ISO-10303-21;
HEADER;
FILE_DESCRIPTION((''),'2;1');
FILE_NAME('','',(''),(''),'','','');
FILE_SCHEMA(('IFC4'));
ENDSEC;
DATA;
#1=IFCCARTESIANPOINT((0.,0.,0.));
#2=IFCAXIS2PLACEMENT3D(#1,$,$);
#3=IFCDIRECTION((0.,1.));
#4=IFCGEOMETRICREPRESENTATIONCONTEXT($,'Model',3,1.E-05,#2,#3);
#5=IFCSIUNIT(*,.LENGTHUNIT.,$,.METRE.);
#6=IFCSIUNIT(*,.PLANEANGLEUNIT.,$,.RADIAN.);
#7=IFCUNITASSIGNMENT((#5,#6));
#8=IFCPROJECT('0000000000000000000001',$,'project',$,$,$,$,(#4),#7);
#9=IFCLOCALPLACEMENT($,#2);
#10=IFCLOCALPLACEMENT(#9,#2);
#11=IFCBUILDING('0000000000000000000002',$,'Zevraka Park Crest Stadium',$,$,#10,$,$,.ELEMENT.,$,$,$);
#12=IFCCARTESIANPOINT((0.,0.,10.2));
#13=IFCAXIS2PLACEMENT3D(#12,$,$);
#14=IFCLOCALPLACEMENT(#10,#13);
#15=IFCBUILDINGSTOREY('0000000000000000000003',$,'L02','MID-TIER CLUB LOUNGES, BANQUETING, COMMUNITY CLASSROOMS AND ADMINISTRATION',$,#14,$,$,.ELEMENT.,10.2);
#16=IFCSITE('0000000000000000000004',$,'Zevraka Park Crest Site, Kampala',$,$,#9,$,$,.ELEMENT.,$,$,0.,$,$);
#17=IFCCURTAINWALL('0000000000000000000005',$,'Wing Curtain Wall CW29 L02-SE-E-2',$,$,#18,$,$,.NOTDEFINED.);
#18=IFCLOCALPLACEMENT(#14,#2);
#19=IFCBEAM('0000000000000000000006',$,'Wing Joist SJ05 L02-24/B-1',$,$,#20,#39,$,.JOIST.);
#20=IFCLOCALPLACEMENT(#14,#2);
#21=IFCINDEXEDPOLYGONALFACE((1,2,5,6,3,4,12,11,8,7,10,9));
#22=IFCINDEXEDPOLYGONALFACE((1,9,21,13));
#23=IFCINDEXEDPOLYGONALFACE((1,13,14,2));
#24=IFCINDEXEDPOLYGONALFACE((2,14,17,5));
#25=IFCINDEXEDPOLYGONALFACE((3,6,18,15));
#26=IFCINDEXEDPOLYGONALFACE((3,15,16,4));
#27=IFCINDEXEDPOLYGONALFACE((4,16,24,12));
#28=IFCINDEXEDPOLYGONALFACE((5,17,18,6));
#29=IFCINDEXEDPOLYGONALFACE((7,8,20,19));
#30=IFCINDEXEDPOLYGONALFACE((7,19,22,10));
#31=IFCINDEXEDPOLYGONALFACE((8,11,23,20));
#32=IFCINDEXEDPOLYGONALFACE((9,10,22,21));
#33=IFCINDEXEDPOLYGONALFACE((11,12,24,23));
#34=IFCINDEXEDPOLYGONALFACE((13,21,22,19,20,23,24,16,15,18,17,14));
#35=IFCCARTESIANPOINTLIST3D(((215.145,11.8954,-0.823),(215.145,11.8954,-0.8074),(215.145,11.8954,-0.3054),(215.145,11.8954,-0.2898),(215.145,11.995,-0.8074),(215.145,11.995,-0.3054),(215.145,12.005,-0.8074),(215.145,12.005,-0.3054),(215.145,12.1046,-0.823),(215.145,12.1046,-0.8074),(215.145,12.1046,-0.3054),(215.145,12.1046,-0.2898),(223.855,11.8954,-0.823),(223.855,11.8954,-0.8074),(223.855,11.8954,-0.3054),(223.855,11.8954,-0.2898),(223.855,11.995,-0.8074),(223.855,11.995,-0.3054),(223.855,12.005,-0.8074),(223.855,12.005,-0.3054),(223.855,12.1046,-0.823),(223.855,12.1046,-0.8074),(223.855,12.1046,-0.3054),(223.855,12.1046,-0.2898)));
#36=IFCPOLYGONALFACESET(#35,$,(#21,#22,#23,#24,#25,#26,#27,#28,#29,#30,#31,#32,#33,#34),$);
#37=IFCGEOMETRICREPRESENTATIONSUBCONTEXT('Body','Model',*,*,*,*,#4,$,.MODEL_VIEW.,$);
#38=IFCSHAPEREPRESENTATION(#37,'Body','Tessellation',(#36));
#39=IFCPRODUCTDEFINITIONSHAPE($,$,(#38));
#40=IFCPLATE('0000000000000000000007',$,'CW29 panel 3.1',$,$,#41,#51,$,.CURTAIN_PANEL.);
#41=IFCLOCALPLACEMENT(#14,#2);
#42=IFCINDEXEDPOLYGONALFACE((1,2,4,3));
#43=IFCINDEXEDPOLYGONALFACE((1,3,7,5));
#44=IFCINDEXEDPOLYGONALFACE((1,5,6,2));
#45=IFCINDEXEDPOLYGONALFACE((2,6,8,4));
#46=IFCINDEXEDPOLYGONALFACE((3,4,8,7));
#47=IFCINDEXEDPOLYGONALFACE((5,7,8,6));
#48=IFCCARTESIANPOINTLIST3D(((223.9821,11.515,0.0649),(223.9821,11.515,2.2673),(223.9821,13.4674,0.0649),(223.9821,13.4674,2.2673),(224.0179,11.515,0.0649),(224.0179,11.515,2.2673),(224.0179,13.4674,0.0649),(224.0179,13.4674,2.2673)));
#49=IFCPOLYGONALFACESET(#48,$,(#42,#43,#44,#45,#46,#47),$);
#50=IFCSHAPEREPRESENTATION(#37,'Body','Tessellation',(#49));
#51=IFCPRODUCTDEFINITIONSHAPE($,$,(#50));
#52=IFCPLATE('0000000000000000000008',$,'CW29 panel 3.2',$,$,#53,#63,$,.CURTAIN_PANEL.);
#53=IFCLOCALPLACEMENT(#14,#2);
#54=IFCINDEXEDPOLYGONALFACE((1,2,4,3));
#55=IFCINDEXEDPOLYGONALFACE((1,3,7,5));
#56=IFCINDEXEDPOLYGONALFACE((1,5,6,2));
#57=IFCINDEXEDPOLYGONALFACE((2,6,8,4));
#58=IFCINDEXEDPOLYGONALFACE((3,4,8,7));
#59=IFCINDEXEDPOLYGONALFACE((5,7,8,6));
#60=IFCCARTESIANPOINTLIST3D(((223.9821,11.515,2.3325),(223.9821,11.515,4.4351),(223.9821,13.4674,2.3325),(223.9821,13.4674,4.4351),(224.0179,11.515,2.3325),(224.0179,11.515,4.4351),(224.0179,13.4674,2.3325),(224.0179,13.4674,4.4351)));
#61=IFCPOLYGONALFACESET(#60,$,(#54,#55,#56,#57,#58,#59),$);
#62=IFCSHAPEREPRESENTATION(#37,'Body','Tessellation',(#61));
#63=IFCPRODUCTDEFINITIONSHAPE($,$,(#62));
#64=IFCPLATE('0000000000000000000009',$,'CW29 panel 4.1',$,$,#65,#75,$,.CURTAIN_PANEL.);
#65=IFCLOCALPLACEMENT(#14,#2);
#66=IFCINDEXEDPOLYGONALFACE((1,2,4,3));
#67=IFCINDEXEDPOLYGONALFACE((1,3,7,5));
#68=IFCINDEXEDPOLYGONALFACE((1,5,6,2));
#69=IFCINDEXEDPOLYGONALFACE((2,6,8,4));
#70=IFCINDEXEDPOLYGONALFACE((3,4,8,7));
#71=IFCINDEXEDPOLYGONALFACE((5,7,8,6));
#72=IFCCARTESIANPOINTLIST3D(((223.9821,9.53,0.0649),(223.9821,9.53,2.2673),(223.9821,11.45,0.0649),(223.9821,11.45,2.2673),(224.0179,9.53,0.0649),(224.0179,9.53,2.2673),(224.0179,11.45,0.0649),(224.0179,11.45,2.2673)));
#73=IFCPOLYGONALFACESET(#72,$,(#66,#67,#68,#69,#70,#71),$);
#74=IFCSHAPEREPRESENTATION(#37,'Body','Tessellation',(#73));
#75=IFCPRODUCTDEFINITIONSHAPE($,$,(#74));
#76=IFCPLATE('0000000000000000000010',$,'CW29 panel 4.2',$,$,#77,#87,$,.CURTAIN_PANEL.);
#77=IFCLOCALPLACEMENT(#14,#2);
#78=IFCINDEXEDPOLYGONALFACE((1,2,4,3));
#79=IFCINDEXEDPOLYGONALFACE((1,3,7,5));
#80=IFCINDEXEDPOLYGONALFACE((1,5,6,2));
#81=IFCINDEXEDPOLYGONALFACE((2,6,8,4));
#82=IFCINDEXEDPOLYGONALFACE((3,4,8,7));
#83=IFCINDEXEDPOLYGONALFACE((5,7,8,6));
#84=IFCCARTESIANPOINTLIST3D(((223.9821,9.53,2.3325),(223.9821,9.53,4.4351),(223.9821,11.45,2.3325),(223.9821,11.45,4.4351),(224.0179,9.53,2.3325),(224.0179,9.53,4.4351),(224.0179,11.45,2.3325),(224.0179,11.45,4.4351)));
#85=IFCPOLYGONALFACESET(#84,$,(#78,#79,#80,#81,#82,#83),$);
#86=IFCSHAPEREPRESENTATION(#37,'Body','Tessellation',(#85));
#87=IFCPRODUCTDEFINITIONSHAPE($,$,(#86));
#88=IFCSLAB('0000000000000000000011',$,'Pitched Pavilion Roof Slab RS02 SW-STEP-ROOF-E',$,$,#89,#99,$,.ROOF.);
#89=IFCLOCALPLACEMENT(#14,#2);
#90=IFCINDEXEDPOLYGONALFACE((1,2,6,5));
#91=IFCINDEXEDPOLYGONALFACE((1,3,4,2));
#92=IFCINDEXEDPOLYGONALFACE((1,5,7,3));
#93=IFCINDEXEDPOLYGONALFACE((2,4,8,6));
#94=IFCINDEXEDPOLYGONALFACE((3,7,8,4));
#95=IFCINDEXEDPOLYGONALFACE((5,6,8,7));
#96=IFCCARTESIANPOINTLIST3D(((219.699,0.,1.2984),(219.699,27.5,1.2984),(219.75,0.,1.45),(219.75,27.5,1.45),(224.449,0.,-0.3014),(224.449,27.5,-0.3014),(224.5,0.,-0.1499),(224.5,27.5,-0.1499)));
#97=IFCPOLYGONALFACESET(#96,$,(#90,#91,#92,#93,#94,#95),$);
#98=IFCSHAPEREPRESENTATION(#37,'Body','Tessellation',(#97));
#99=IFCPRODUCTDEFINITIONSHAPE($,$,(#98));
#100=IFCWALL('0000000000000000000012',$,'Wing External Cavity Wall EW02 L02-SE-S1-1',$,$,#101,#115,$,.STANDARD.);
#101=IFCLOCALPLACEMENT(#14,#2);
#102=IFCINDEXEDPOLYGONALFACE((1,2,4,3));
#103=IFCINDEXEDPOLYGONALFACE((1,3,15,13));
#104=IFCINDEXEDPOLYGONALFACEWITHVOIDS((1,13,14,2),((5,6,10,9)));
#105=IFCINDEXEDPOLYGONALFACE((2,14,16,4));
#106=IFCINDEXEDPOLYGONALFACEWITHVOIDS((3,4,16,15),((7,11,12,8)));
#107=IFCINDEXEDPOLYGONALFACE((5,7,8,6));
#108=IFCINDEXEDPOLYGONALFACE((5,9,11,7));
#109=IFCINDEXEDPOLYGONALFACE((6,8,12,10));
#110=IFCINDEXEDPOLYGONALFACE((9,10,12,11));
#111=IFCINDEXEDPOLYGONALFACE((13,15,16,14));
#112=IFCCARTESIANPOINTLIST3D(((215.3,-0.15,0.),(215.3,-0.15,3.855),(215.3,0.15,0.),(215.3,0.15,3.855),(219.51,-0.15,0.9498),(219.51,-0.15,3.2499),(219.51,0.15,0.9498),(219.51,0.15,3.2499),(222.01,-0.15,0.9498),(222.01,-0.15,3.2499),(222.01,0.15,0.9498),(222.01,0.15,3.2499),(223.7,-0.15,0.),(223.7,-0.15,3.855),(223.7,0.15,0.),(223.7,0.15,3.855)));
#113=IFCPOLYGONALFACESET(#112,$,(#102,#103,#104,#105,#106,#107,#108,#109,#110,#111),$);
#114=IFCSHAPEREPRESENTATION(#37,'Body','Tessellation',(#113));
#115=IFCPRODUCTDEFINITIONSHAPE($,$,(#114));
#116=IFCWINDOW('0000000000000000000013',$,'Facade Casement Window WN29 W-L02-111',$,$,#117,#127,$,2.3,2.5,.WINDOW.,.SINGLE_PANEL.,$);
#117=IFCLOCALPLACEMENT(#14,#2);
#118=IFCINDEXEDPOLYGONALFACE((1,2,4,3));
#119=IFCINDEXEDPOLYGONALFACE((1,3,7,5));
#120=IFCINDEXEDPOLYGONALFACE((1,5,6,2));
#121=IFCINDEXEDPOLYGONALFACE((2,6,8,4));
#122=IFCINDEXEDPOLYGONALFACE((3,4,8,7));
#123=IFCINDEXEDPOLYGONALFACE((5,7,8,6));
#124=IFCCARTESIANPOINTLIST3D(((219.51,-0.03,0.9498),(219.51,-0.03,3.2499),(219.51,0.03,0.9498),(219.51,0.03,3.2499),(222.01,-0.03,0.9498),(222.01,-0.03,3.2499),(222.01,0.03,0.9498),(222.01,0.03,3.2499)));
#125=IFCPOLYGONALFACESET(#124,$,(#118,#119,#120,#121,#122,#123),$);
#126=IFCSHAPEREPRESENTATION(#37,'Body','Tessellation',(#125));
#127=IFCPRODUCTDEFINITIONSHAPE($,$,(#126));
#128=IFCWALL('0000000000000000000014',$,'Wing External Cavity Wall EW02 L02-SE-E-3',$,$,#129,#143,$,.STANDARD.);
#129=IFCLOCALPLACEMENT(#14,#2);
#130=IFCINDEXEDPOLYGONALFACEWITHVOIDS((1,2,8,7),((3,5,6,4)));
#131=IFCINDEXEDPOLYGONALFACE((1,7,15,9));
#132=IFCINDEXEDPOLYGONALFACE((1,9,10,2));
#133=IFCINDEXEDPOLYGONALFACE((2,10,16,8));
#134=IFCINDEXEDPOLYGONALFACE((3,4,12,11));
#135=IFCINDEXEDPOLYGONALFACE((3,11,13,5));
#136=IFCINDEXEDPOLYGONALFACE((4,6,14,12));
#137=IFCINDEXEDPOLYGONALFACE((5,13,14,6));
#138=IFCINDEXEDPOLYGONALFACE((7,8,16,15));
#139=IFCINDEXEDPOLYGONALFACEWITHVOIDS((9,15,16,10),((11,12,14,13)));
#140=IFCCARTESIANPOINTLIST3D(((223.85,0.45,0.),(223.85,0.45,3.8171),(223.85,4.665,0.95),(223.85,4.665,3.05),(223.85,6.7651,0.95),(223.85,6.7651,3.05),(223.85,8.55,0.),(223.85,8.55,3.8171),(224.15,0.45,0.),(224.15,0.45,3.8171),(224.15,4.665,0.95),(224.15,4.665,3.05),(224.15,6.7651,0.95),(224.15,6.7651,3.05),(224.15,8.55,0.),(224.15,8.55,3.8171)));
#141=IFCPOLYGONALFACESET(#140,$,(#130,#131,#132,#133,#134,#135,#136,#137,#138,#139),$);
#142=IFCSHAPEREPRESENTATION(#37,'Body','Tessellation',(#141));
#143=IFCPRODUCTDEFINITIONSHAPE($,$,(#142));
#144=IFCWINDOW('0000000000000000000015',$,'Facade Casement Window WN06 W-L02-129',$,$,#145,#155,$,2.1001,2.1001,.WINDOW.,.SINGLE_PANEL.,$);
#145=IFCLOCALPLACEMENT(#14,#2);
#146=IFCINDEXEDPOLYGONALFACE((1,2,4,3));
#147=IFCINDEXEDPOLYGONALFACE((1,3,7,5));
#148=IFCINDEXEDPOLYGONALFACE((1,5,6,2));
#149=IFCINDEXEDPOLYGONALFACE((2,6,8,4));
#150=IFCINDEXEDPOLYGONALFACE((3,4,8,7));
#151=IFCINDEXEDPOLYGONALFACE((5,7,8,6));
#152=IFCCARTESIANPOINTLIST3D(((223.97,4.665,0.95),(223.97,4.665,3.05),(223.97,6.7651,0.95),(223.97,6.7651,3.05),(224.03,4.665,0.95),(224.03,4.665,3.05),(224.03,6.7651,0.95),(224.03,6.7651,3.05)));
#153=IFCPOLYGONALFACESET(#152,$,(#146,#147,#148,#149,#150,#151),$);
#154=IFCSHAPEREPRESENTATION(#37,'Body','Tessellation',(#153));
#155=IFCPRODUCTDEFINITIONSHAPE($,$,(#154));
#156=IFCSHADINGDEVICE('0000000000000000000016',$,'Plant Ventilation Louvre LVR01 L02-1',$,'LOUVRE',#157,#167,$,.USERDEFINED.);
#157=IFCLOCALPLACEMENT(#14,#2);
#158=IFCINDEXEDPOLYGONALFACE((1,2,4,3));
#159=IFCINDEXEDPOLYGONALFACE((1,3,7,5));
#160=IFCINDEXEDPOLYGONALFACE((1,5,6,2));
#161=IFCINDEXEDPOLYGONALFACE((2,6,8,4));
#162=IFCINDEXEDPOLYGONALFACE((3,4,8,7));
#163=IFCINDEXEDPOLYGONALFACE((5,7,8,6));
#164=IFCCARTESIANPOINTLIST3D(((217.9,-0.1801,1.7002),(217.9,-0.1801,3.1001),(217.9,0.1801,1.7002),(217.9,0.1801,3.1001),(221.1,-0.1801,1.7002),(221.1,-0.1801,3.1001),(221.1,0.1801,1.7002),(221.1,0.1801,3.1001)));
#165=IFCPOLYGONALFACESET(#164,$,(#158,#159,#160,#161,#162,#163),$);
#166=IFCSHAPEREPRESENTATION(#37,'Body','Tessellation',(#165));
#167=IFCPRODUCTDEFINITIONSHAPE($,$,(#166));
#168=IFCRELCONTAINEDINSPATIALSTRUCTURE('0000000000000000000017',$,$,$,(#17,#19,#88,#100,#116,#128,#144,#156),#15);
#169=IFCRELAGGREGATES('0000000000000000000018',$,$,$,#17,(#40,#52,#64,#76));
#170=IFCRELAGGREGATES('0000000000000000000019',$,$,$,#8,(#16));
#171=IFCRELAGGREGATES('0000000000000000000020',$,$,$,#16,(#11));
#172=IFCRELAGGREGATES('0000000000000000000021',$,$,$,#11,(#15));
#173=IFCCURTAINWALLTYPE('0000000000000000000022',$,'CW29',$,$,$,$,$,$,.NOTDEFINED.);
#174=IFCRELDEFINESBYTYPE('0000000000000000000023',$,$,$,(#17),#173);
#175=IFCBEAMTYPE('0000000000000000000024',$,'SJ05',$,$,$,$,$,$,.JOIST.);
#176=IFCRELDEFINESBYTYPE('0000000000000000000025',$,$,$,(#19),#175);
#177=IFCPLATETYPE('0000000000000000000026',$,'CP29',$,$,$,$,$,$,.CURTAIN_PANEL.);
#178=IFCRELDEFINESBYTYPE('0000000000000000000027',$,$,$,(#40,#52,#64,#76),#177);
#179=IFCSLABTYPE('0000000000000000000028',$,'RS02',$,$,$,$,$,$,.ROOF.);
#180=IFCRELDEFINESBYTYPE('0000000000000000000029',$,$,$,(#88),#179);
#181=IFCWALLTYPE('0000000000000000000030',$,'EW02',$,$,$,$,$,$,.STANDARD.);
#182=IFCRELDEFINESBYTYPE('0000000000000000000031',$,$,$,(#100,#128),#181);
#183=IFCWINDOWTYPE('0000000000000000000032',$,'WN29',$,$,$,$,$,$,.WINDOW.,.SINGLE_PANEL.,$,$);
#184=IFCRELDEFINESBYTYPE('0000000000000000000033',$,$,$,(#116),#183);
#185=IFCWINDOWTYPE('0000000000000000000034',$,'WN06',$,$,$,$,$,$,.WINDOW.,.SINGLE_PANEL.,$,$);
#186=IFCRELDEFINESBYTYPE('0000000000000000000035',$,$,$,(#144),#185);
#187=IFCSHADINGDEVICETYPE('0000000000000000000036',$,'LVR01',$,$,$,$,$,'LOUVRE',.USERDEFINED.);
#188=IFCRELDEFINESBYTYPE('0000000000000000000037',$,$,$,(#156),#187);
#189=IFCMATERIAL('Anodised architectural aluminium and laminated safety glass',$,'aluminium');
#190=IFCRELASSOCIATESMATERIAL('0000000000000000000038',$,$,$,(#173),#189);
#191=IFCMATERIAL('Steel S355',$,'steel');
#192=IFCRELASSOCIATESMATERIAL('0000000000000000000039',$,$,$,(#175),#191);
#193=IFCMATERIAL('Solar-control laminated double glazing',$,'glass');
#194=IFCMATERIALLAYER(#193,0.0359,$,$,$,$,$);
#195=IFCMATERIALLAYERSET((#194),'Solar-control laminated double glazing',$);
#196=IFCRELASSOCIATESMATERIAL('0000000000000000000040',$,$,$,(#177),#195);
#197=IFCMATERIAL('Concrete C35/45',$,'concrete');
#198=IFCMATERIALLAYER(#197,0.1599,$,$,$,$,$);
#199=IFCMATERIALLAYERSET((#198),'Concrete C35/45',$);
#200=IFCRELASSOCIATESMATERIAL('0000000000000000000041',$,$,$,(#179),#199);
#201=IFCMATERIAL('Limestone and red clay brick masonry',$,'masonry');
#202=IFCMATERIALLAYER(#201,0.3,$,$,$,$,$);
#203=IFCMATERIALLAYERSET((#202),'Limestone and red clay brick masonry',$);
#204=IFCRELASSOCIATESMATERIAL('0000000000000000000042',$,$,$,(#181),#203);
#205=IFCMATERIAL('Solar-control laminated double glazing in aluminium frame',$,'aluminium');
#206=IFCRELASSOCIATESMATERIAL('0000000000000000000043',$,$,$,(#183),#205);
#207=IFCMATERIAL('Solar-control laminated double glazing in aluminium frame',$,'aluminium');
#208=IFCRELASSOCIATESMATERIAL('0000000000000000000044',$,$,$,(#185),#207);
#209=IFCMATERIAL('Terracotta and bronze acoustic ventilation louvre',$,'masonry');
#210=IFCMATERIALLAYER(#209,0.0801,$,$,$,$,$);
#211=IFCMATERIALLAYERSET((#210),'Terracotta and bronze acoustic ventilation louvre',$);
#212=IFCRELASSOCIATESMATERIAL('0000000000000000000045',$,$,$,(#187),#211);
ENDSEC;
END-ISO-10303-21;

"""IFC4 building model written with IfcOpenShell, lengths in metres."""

from ifc_helpers import new_model, si_unit, direction, frame, frame_2d, origin, origin_2d, place, context, subcontext, project, spatial, polyline, rectangle, i_section, outline, extrude, material, layer, layer_set, material_profile, profile_set, type_object, element, fill, aggregate, save


model = new_model("IFC4")

# Units and contexts
model_context = context("Model", 3, precision=1e-05, world=origin(), true_north=direction((0.0, 1.0)))
body_context = subcontext(model_context, "Body", "Model", "MODEL_VIEW")
ifc_project = project(units=[si_unit("LENGTHUNIT", "METRE"), si_unit("PLANEANGLEUNIT", "RADIAN")], contexts=[model_context])

# Site, building, storey
site_placement = place(None, origin())
site = spatial("IfcSite", under=ifc_project, at=site_placement, Name="Zevraka Park Crest Site, Kampala", CompositionType="ELEMENT", RefElevation=0.0)
building_placement = place(site_placement, origin())
building = spatial("IfcBuilding", under=site, at=building_placement, Name="Zevraka Park Crest Stadium", CompositionType="ELEMENT")
storey_placement = place(building_placement, frame((0.0, 0.0, 10.2)))
storey = spatial("IfcBuildingStorey", under=building, at=storey_placement, Name="L02", Description="MID-TIER CLUB LOUNGES, BANQUETING, COMMUNITY CLASSROOMS AND ADMINISTRATION", CompositionType="ELEMENT", Elevation=10.2)

# Curtain wall
ifc_material_1 = material(Name="Anodised architectural aluminium and laminated safety glass", Category="aluminium")
curtain_wall_type = type_object("IfcCurtainWallType", Name="CW29", PredefinedType="NOTDEFINED", material=ifc_material_1)
curtain_wall_placement = place(storey_placement, origin())
curtain_wall = element("IfcCurtainWall", 1, at=curtain_wall_placement, inside=storey, type_object=curtain_wall_type, Name="Wing Curtain Wall CW29 L02-SE-E-2", PredefinedType="NOTDEFINED")

# Beam
ifc_material_2 = material(Name="Steel S355", Category="steel")
ifc_material_profile_1 = material_profile(ifc_material_2, i_section(OverallWidth=0.2092, OverallDepth=0.5332, WebThickness=0.01, FlangeThickness=0.0156, at=origin_2d()), Name="UKB 533x210x92")
ifc_profile_set_1 = profile_set([ifc_material_profile_1], Name="Steel S355")
beam_type_1 = type_object("IfcBeamType", Name="SJ05", PredefinedType="JOIST", material=ifc_profile_set_1)
beam_placement = place(storey_placement, frame((215.145, 12.0, -0.5564), z_axis=(1.0, 0.0, 0.0), x_axis=(0.0, 1.0, 0.0)))
element("IfcBeam", 2, at=beam_placement, inside=storey, type_object=beam_type_1, Name="Wing Joist SJ05 L02-24/B-1", PredefinedType="JOIST", context=body_context, shape_type="SweptSolid", body=[
    extrude(i_section(OverallWidth=0.2092, OverallDepth=0.5332, WebThickness=0.01, FlangeThickness=0.0156, at=origin_2d()), origin(), (0.0, 0.0, 1.0), 8.71),
])

# Plates
ifc_material_3 = material(Name="Solar-control laminated double glazing", Category="glass")
ifc_layer_1 = layer(ifc_material_3, 0.0359)
ifc_layer_set_1 = layer_set([ifc_layer_1], Name="Solar-control laminated double glazing")
plate_type = type_object("IfcPlateType", Name="CP29", PredefinedType="CURTAIN_PANEL", material=ifc_layer_set_1)
plate_1_placement = place(storey_placement, frame((224.0, 12.4912, 0.0649), z_axis=(0.0, 0.0, 1.0), x_axis=(0.0, -1.0, 0.0)))
plate_1 = element("IfcPlate", 3, at=plate_1_placement, type_object=plate_type, Name="CW29 panel 3.1", PredefinedType="CURTAIN_PANEL", context=body_context, shape_type="SweptSolid", body=[
    extrude(rectangle(XDim=1.9524, YDim=0.0359, at=origin_2d()), origin(), (0.0, 0.0, 1.0), 2.2024),
])
plate_2_placement = place(storey_placement, frame((224.0, 12.4912, 2.3325), z_axis=(0.0, 0.0, 1.0), x_axis=(0.0, -1.0, 0.0)))
plate_2 = element("IfcPlate", 4, at=plate_2_placement, type_object=plate_type, Name="CW29 panel 3.2", PredefinedType="CURTAIN_PANEL", context=body_context, shape_type="SweptSolid", body=[
    extrude(rectangle(XDim=1.9524, YDim=0.0359, at=origin_2d()), origin(), (0.0, 0.0, 1.0), 2.1025),
])
plate_3_placement = place(storey_placement, frame((224.0, 10.49, 0.0649), z_axis=(0.0, 0.0, 1.0), x_axis=(0.0, -1.0, 0.0)))
plate_3 = element("IfcPlate", 5, at=plate_3_placement, type_object=plate_type, Name="CW29 panel 4.1", PredefinedType="CURTAIN_PANEL", context=body_context, shape_type="SweptSolid", body=[
    extrude(rectangle(XDim=1.9199, YDim=0.0359, at=origin_2d()), origin(), (0.0, 0.0, 1.0), 2.2024),
])
plate_4_placement = place(storey_placement, frame((224.0, 10.49, 2.3325), z_axis=(0.0, 0.0, 1.0), x_axis=(0.0, -1.0, 0.0)))
plate_4 = element("IfcPlate", 6, at=plate_4_placement, type_object=plate_type, Name="CW29 panel 4.2", PredefinedType="CURTAIN_PANEL", context=body_context, shape_type="SweptSolid", body=[
    extrude(rectangle(XDim=1.9199, YDim=0.0359, at=origin_2d()), origin(), (0.0, 0.0, 1.0), 2.1025),
])
aggregate(curtain_wall, [plate_1, plate_2, plate_3, plate_4])

# Slab
ifc_material_4 = material(Name="Concrete C35/45", Category="concrete")
ifc_layer_2 = layer(ifc_material_4, 0.1599)
ifc_layer_set_2 = layer_set([ifc_layer_2], Name="Concrete C35/45")
slab_type = type_object("IfcSlabType", Name="RS02", PredefinedType="ROOF", material=ifc_layer_set_2)
slab_placement = place(storey_placement, frame((224.5, 0.0, -0.1499), z_axis=(0.319193, 0.0, 0.94769), x_axis=(0.0, 1.0, 0.0)))
element("IfcSlab", 7, at=slab_placement, inside=storey, type_object=slab_type, Name="Pitched Pavilion Roof Slab RS02 SW-STEP-ROOF-E", PredefinedType="ROOF", context=body_context, shape_type="SweptSolid", body=[
    extrude(outline(polyline([(0.0, 0.0), (27.5, 0.0), (27.5, 5.0122), (0.0, 5.0122), (0.0, 0.0)])), origin(), (0.0, 0.0, -1.0), 0.1599),
])

# Walls, openings, windows
ifc_material_5 = material(Name="Limestone and red clay brick masonry", Category="masonry")
ifc_layer_3 = layer(ifc_material_5, 0.3)
ifc_layer_set_3 = layer_set([ifc_layer_3], Name="Limestone and red clay brick masonry")
wall_type = type_object("IfcWallType", Name="EW02", PredefinedType="STANDARD", material=ifc_layer_set_3)
wall_1_placement = place(storey_placement, frame((223.7, 0.0, 0.0), z_axis=(0.0, 0.0, 1.0), x_axis=(-1.0, 0.0, 0.0)))
wall_1 = element("IfcWall", 8, at=wall_1_placement, inside=storey, type_object=wall_type, Name="Wing External Cavity Wall EW02 L02-SE-S1-1", PredefinedType="STANDARD", context=body_context, shape_type="SweptSolid", body=[
    extrude(rectangle(XDim=8.3999, YDim=0.3, at=frame_2d((4.2, 0.0))), origin(), (0.0, 0.0, 1.0), 3.855),
])
opening_1_placement = place(wall_1_placement, frame((1.6899, 0.0, 0.95)))
opening_1 = element("IfcOpeningElement", 9, at=opening_1_placement, cuts=wall_1, PredefinedType="OPENING", context=body_context, shape_type="SweptSolid", body=[
    extrude(rectangle(XDim=2.5, YDim=2.3, at=frame_2d((1.25, 1.1499))), frame((0.0, 0.1599, 0.0), z_axis=(0.0, -1.0, 0.0), x_axis=(1.0, 0.0, 0.0)), (0.0, 0.0, 1.0), 0.3201),
])
ifc_material_6 = material(Name="Solar-control laminated double glazing in aluminium frame", Category="aluminium")
window_type_1 = type_object("IfcWindowType", Name="WN29", PartitioningType="SINGLE_PANEL", PredefinedType="WINDOW", material=ifc_material_6)
window_1_placement = place(opening_1_placement, origin())
window_1 = element("IfcWindow", 10, at=window_1_placement, inside=storey, type_object=window_type_1, Name="Facade Casement Window WN29 W-L02-111", OverallHeight=2.3, OverallWidth=2.5, PartitioningType="SINGLE_PANEL", PredefinedType="WINDOW", context=body_context, shape_type="SweptSolid", body=[
    extrude(rectangle(XDim=2.5, YDim=2.3, at=frame_2d((1.25, 1.1499))), frame((0.0, 0.03, 0.0), z_axis=(0.0, -1.0, 0.0), x_axis=(1.0, 0.0, 0.0)), (0.0, 0.0, 1.0), 0.0601),
])
fill(opening_1, window_1)
wall_2_placement = place(storey_placement, frame((224.0, 8.55, 0.0), z_axis=(0.0, 0.0, 1.0), x_axis=(0.0, -1.0, 0.0)))
wall_2 = element("IfcWall", 11, at=wall_2_placement, inside=storey, type_object=wall_type, Name="Wing External Cavity Wall EW02 L02-SE-E-3", PredefinedType="STANDARD", context=body_context, shape_type="SweptSolid", body=[
    extrude(rectangle(XDim=8.1001, YDim=0.3, at=frame_2d((4.05, 0.0))), origin(), (0.0, 0.0, 1.0), 3.8171),
])
opening_2_placement = place(wall_2_placement, frame((1.7849, 0.0, 0.95)))
opening_2 = element("IfcOpeningElement", 12, at=opening_2_placement, cuts=wall_2, PredefinedType="OPENING", context=body_context, shape_type="SweptSolid", body=[
    extrude(rectangle(XDim=2.1001, YDim=2.1001, at=frame_2d((1.05, 1.05))), frame((0.0, 0.1599, 0.0), z_axis=(0.0, -1.0, 0.0), x_axis=(1.0, 0.0, 0.0)), (0.0, 0.0, 1.0), 0.3201),
])
ifc_material_7 = material(Name="Solar-control laminated double glazing in aluminium frame", Category="aluminium")
window_type_2 = type_object("IfcWindowType", Name="WN06", PartitioningType="SINGLE_PANEL", PredefinedType="WINDOW", material=ifc_material_7)
window_2_placement = place(opening_2_placement, origin())
window_2 = element("IfcWindow", 13, at=window_2_placement, inside=storey, type_object=window_type_2, Name="Facade Casement Window WN06 W-L02-129", OverallHeight=2.1001, OverallWidth=2.1001, PartitioningType="SINGLE_PANEL", PredefinedType="WINDOW", context=body_context, shape_type="SweptSolid", body=[
    extrude(rectangle(XDim=2.1001, YDim=2.1001, at=frame_2d((1.05, 1.05))), frame((0.0, 0.03, 0.0), z_axis=(0.0, -1.0, 0.0), x_axis=(1.0, 0.0, 0.0)), (0.0, 0.0, 1.0), 0.0601),
])
fill(opening_2, window_2)

# Shading device
ifc_material_8 = material(Name="Terracotta and bronze acoustic ventilation louvre", Category="masonry")
ifc_layer_4 = layer(ifc_material_8, 0.0801)
ifc_layer_set_4 = layer_set([ifc_layer_4], Name="Terracotta and bronze acoustic ventilation louvre")
shading_device_type = type_object("IfcShadingDeviceType", Name="LVR01", ElementType="LOUVRE", PredefinedType="USERDEFINED", material=ifc_layer_set_4)
shading_device_placement = place(storey_placement, frame((219.5, 0.0, 1.7002), z_axis=(0.0, 0.0, 1.0), x_axis=(-1.0, 0.0, 0.0)))
element("IfcShadingDevice", 14, at=shading_device_placement, inside=storey, type_object=shading_device_type, Name="Plant Ventilation Louvre LVR01 L02-1", ObjectType="LOUVRE", PredefinedType="USERDEFINED", context=body_context, shape_type="SweptSolid", body=[
    extrude(rectangle(XDim=3.2, YDim=0.3601, at=origin_2d()), origin(), (0.0, 0.0, 1.0), 1.3999),
])

save(model, "model.ifc")
